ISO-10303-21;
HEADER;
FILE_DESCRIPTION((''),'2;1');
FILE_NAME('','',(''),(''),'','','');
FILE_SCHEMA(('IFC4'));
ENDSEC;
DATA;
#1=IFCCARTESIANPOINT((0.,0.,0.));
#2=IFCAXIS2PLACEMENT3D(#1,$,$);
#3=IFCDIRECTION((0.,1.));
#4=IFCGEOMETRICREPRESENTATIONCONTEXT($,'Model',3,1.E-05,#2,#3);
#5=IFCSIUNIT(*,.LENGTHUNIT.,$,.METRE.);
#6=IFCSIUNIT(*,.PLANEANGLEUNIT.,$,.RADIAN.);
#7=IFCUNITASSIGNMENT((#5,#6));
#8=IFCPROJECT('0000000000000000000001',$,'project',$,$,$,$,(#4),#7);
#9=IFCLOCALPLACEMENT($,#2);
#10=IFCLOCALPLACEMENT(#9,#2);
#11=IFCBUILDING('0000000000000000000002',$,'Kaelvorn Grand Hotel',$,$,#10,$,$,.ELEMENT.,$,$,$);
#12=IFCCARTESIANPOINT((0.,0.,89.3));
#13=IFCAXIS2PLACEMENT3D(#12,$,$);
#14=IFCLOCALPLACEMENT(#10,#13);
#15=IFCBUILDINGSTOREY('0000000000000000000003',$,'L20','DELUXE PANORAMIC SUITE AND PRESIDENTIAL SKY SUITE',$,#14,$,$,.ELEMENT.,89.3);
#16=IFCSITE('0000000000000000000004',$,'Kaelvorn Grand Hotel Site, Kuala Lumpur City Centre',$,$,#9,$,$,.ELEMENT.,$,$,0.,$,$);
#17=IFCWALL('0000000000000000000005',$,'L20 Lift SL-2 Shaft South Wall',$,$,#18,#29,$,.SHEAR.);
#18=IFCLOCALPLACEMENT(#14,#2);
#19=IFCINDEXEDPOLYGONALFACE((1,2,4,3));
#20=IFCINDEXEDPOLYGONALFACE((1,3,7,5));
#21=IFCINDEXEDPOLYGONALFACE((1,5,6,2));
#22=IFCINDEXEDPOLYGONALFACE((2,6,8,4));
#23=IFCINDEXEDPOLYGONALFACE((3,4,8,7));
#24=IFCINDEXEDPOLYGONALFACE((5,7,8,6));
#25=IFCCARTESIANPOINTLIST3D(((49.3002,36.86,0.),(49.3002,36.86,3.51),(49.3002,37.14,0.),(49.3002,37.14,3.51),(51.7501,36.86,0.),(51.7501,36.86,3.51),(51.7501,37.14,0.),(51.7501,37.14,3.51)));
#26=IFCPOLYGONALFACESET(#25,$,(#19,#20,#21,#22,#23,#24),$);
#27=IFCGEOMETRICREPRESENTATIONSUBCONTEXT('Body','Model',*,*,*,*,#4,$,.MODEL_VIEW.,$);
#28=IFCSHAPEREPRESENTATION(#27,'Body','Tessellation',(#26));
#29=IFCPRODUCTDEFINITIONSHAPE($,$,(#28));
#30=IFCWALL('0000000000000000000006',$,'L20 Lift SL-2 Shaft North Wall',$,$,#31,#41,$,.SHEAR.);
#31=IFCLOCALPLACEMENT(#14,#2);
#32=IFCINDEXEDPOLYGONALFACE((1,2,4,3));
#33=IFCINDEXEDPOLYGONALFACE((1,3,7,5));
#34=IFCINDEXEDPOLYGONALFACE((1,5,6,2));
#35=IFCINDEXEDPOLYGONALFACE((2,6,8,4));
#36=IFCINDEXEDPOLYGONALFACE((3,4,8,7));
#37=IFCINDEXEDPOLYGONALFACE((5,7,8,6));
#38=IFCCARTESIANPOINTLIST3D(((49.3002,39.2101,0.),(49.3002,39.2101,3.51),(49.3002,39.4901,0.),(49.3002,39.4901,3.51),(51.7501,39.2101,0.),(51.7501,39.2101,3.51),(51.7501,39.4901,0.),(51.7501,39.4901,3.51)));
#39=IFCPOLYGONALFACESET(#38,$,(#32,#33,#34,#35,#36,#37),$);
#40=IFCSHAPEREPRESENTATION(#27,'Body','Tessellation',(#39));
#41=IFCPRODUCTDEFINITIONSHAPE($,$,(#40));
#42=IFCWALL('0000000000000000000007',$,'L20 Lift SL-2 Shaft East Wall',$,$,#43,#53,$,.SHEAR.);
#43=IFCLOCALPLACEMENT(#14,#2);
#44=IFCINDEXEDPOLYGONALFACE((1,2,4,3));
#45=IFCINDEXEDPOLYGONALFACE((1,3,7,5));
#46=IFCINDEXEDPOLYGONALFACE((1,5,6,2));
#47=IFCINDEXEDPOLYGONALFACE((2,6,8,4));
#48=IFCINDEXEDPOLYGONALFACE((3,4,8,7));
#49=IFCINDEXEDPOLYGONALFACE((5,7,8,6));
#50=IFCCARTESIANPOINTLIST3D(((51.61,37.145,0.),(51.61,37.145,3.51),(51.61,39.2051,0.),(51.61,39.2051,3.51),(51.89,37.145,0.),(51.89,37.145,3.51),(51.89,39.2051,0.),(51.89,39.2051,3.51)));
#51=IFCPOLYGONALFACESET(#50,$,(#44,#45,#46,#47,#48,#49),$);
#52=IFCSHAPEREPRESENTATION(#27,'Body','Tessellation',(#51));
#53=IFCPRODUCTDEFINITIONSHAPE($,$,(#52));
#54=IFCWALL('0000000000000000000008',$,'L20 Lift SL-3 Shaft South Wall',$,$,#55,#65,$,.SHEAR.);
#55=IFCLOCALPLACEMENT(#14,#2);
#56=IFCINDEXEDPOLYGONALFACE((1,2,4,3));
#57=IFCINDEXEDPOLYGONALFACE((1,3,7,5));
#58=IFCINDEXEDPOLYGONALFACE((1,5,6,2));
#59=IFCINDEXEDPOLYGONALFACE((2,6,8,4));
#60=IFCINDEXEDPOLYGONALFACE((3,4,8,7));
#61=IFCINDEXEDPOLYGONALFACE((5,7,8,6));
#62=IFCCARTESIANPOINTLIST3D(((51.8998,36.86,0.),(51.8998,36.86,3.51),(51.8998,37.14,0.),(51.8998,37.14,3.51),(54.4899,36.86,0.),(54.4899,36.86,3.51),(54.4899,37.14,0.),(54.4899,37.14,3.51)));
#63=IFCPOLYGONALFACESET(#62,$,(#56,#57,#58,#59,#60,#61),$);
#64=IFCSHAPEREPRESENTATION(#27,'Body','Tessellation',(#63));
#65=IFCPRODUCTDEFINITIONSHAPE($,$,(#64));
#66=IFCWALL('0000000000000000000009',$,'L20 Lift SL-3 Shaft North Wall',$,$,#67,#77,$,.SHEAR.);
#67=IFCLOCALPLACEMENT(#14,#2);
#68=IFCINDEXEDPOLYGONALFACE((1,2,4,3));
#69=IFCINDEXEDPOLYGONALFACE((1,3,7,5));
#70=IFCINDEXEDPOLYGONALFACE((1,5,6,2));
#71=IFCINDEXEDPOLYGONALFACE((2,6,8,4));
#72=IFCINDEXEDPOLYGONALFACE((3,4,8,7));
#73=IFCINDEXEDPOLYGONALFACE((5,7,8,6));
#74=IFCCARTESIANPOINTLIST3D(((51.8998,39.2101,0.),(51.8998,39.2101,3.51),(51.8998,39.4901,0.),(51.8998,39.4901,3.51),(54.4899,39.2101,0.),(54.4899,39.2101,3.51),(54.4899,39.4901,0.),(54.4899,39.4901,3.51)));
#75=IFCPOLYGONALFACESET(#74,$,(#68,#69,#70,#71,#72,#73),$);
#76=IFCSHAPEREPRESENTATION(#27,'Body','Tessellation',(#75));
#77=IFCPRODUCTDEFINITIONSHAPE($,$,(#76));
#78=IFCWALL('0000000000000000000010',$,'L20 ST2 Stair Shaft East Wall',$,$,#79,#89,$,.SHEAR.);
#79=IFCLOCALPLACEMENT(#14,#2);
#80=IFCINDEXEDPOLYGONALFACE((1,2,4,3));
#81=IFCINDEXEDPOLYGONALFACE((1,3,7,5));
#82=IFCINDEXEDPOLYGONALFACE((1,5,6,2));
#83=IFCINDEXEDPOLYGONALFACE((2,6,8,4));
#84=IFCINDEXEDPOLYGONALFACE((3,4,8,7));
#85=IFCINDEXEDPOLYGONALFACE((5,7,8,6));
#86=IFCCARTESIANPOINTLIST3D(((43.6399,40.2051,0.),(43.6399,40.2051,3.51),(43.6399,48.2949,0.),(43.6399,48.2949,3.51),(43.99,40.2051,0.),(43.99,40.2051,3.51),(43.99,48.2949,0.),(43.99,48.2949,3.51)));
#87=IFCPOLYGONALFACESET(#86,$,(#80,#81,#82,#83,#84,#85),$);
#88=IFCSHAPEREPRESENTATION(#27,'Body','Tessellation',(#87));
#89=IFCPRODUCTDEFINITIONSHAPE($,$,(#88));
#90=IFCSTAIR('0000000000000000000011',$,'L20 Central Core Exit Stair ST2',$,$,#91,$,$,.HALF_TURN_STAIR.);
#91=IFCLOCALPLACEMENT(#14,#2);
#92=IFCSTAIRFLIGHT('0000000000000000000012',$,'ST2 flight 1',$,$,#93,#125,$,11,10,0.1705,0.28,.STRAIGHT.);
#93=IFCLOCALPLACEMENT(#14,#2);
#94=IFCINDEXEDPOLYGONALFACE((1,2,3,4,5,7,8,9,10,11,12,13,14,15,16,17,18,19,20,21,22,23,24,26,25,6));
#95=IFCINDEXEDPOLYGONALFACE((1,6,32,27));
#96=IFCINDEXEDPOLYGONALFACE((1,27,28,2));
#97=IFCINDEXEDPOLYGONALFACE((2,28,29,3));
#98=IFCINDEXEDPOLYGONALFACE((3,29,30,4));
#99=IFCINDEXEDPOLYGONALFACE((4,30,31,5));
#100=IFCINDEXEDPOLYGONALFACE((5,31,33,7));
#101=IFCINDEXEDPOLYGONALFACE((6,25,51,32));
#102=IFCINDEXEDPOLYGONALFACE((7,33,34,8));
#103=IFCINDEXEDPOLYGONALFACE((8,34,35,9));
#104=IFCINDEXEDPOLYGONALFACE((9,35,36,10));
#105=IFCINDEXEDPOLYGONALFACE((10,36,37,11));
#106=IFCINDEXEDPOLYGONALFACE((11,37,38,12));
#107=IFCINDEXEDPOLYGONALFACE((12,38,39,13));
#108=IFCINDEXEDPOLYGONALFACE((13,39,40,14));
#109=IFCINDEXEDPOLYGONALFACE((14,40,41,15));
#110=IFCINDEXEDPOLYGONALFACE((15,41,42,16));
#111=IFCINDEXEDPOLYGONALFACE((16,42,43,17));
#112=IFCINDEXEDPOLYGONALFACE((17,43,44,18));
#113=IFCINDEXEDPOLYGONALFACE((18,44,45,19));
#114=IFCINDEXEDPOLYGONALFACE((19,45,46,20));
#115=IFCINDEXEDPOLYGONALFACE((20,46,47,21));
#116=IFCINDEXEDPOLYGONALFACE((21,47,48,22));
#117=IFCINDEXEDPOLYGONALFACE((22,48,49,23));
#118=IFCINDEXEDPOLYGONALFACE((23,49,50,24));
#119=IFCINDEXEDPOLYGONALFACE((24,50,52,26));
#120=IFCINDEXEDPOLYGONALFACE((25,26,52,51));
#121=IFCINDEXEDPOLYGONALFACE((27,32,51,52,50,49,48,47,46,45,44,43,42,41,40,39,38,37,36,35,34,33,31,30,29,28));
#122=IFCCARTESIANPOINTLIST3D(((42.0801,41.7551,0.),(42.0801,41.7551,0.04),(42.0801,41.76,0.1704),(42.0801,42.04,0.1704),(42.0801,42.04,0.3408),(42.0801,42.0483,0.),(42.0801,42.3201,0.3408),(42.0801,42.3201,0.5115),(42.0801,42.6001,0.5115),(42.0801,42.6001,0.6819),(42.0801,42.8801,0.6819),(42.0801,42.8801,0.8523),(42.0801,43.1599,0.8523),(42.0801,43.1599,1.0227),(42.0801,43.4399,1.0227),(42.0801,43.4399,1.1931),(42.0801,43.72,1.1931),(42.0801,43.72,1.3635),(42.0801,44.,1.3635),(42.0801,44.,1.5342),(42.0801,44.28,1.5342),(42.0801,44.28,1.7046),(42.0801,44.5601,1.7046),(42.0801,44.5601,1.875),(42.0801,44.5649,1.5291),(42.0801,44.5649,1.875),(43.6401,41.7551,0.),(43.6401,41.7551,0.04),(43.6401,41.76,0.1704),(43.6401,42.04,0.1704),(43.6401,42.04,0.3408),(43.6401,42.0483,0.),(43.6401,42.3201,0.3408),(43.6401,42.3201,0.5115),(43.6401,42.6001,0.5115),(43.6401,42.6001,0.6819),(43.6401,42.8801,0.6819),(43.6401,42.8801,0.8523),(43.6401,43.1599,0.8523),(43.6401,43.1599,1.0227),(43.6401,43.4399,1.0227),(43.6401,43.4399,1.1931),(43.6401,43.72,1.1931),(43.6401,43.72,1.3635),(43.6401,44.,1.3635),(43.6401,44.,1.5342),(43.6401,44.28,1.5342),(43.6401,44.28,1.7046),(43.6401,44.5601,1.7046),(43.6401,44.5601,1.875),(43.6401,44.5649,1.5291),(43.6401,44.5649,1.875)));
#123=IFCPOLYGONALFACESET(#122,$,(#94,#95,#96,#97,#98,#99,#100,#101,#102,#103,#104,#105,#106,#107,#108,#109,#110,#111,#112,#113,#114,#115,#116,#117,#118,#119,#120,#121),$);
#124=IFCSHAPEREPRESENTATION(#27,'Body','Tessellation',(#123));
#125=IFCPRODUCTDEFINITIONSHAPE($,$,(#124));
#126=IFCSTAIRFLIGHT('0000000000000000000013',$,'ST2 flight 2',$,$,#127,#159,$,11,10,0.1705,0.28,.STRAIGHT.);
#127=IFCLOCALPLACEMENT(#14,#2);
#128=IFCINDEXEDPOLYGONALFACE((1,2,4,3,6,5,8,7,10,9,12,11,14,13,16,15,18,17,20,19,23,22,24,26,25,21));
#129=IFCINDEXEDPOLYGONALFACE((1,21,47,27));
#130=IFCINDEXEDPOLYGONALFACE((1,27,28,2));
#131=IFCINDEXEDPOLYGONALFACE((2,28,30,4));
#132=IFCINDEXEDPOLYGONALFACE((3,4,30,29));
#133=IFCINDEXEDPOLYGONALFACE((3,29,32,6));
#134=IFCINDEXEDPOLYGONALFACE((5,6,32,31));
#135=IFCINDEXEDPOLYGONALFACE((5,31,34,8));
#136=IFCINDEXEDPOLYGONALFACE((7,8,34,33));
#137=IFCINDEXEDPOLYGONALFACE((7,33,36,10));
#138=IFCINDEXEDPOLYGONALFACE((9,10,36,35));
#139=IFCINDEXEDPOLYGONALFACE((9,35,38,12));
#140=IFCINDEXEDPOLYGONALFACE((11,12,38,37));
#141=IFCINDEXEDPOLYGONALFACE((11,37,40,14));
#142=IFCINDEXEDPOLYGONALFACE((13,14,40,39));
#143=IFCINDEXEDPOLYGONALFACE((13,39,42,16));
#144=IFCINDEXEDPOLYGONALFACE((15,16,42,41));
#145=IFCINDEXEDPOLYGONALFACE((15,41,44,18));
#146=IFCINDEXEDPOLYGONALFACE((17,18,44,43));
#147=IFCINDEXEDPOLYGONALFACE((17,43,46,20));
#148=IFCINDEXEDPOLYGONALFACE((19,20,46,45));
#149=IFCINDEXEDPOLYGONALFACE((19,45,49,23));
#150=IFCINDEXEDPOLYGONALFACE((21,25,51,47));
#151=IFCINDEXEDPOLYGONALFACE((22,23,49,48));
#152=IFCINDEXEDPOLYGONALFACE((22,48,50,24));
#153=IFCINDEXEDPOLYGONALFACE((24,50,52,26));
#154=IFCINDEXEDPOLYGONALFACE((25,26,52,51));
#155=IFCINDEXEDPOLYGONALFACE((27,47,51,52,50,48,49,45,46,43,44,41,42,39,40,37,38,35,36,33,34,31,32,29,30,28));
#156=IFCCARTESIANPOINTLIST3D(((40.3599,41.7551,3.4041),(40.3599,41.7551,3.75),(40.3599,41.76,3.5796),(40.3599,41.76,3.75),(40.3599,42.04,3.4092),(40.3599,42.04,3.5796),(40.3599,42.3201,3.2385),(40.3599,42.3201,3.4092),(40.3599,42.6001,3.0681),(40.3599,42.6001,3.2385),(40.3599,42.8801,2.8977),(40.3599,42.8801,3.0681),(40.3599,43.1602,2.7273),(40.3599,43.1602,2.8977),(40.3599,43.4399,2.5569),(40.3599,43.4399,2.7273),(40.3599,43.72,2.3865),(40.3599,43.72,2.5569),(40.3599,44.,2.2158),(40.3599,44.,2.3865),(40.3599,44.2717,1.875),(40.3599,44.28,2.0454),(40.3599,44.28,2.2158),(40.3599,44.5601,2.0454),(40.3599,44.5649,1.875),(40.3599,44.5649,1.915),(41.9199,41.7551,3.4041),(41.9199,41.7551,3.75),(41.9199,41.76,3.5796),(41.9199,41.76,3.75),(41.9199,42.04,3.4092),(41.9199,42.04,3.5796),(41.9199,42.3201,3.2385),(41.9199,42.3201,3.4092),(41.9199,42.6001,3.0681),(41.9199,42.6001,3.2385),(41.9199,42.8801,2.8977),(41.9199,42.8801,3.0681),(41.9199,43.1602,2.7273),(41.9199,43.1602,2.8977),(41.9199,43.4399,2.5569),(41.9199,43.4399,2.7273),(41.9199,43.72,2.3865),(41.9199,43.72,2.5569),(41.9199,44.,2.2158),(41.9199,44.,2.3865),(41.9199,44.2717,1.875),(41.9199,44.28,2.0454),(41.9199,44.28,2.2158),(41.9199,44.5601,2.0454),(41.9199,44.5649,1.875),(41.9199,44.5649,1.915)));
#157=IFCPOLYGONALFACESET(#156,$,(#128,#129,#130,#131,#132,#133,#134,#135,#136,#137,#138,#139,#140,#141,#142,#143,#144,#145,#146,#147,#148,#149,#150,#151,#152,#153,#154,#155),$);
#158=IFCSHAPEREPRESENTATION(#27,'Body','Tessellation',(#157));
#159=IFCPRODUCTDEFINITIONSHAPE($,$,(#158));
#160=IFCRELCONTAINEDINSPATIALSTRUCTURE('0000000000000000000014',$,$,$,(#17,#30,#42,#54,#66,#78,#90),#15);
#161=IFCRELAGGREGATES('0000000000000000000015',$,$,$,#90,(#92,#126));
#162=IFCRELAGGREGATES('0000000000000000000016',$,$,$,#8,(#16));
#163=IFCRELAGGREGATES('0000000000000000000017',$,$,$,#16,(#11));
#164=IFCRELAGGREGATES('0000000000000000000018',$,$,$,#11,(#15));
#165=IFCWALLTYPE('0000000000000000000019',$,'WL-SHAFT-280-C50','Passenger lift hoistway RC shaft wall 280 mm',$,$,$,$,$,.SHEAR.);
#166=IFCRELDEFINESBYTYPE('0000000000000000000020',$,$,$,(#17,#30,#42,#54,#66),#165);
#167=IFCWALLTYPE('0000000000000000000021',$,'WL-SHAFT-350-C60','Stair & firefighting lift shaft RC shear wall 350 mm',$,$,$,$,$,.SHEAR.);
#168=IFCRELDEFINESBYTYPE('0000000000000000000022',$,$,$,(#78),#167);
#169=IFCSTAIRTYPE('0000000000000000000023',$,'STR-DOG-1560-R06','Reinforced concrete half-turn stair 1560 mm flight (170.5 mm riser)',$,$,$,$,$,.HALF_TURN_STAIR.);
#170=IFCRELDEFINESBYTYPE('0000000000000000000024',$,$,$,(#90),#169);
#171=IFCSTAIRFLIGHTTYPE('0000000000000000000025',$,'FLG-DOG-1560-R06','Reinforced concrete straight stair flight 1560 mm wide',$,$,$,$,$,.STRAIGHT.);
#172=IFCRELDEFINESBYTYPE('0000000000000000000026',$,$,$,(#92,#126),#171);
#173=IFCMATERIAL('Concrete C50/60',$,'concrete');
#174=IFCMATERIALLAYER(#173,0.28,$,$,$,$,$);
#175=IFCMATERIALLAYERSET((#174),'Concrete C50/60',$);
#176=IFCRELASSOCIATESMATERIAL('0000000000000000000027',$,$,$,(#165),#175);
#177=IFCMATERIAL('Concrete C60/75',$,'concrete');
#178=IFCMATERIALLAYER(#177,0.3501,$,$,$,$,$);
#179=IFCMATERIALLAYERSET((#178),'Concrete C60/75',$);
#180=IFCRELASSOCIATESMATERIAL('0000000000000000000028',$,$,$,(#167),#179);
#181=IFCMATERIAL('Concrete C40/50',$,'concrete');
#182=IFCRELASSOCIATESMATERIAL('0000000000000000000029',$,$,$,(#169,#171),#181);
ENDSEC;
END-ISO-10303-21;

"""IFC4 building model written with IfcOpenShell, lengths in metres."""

from ifc_helpers import new_model, si_unit, direction, frame, frame_2d, origin, place, context, subcontext, project, spatial, polyline, rectangle, outline, extrude, material, layer, layer_set, type_object, element, aggregate, save


model = new_model("IFC4")

# Units and contexts
model_context = context("Model", 3, precision=1e-05, world=origin(), true_north=direction((0.0, 1.0)))
body_context = subcontext(model_context, "Body", "Model", "MODEL_VIEW")
ifc_project = project(units=[si_unit("LENGTHUNIT", "METRE"), si_unit("PLANEANGLEUNIT", "RADIAN")], contexts=[model_context])

# Site, building, storey
site_placement = place(None, origin())
site = spatial("IfcSite", under=ifc_project, at=site_placement, Name="Kaelvorn Grand Hotel Site, Kuala Lumpur City Centre", CompositionType="ELEMENT", RefElevation=0.0)
building_placement = place(site_placement, origin())
building = spatial("IfcBuilding", under=site, at=building_placement, Name="Kaelvorn Grand Hotel", CompositionType="ELEMENT")
storey_placement = place(building_placement, frame((0.0, 0.0, 89.3)))
storey = spatial("IfcBuildingStorey", under=building, at=storey_placement, Name="L20", Description="DELUXE PANORAMIC SUITE AND PRESIDENTIAL SKY SUITE", CompositionType="ELEMENT", Elevation=89.3)

# Shared definitions
ifc_material_1 = material(Name="Concrete C60/75", Category="concrete")

# Walls
ifc_material_2 = material(Name="Concrete C40/50", Category="concrete")
ifc_material_3 = material(Name="Concrete C50/60", Category="concrete")
ifc_layer_1 = layer(ifc_material_3, 0.28)
ifc_layer_set_1 = layer_set([ifc_layer_1], Name="Concrete C50/60")
wall_type_1 = type_object("IfcWallType", Name="WL-SHAFT-280-C50", Description="Passenger lift hoistway RC shaft wall 280 mm", PredefinedType="SHEAR", material=ifc_layer_set_1)
for number, where, z_axis, x_axis, name in (
    (1, (49.3, 37.0, 0.0), (0.0, 0.0, 1.0), (1.0, 0.0, 0.0), "L20 Lift SL-2 Shaft South Wall"),
    (2, (49.3, 39.3501, 0.0), (0.0, 0.0, 1.0), (1.0, 0.0, 0.0), "L20 Lift SL-2 Shaft North Wall"),
):
    element("IfcWall", number, at=place(storey_placement, frame(where, z_axis=z_axis, x_axis=x_axis)), inside=storey, type_object=wall_type_1, Name=name, PredefinedType="SHEAR", context=body_context, shape_type="SweptSolid", body=[
        extrude(rectangle(XDim=2.45, YDim=0.28, at=frame_2d((1.2251, 0.0))), origin(), (0.0, 0.0, 1.0), 3.51),
    ])
wall_1_placement = place(storey_placement, frame((51.75, 37.145, 0.0), z_axis=(0.0, 0.0, 1.0), x_axis=(0.0, 1.0, 0.0)))
element("IfcWall", 3, at=wall_1_placement, inside=storey, type_object=wall_type_1, Name="L20 Lift SL-2 Shaft East Wall", PredefinedType="SHEAR", context=body_context, shape_type="SweptSolid", body=[
    extrude(rectangle(XDim=2.0601, YDim=0.28, at=frame_2d((1.03, 0.0))), origin(), (0.0, 0.0, 1.0), 3.51),
])
for number, where, z_axis, x_axis, name in (
    (4, (51.8999, 37.0, 0.0), (0.0, 0.0, 1.0), (1.0, 0.0, 0.0), "L20 Lift SL-3 Shaft South Wall"),
    (5, (51.8999, 39.3501, 0.0), (0.0, 0.0, 1.0), (1.0, 0.0, 0.0), "L20 Lift SL-3 Shaft North Wall"),
):
    element("IfcWall", number, at=place(storey_placement, frame(where, z_axis=z_axis, x_axis=x_axis)), inside=storey, type_object=wall_type_1, Name=name, PredefinedType="SHEAR", context=body_context, shape_type="SweptSolid", body=[
        extrude(rectangle(XDim=2.5901, YDim=0.28, at=frame_2d((1.2949, 0.0))), origin(), (0.0, 0.0, 1.0), 3.51),
    ])
ifc_layer_2 = layer(ifc_material_1, 0.3501)
ifc_layer_set_2 = layer_set([ifc_layer_2], Name="Concrete C60/75")
wall_type_2 = type_object("IfcWallType", Name="WL-SHAFT-350-C60", Description="Stair & firefighting lift shaft RC shear wall 350 mm", PredefinedType="SHEAR", material=ifc_layer_set_2)
wall_2_placement = place(storey_placement, frame((43.8149, 40.2051, 0.0), z_axis=(0.0, 0.0, 1.0), x_axis=(0.0, 1.0, 0.0)))
element("IfcWall", 6, at=wall_2_placement, inside=storey, type_object=wall_type_2, Name="L20 ST2 Stair Shaft East Wall", PredefinedType="SHEAR", context=body_context, shape_type="SweptSolid", body=[
    extrude(rectangle(XDim=8.0898, YDim=0.3501, at=frame_2d((4.0449, 0.0))), origin(), (0.0, 0.0, 1.0), 3.51),
])

# Stair, stair flights
stair_type = type_object("IfcStairType", Name="STR-DOG-1560-R06", Description="Reinforced concrete half-turn stair 1560 mm flight (170.5 mm riser)", PredefinedType="HALF_TURN_STAIR", material=ifc_material_2)
stair_placement = place(storey_placement, origin())
stair = element("IfcStair", 7, at=stair_placement, inside=storey, type_object=stair_type, Name="L20 Central Core Exit Stair ST2", PredefinedType="HALF_TURN_STAIR")
stair_flight_type = type_object("IfcStairFlightType", Name="FLG-DOG-1560-R06", Description="Reinforced concrete straight stair flight 1560 mm wide", PredefinedType="STRAIGHT", material=ifc_material_2)
stair_flight_1_placement = place(storey_placement, frame((42.8601, 41.76, 0.0), z_axis=(0.0, 0.0, 1.0), x_axis=(0.0, 1.0, 0.0)))
stair_flight_1 = element("IfcStairFlight", 8, at=stair_flight_1_placement, type_object=stair_flight_type, Name="ST2 flight 1", NumberOfRisers=11, NumberOfTreads=10, PredefinedType="STRAIGHT", RiserHeight=0.1705, TreadLength=0.28, context=body_context, shape_type="SweptSolid", body=[
    extrude(outline(polyline([(-0.0049, 0.0), (-0.0049, 0.04), (0.0, 0.1704), (0.28, 0.1704), (0.28, 0.3408), (0.5601, 0.3408), (0.5601, 0.5115), (0.8401, 0.5115), (0.8401, 0.6819), (1.1201, 0.6819), (1.1201, 0.8523), (1.3999, 0.8523), (1.3999, 1.0227), (1.6799, 1.0227), (1.6799, 1.1931), (1.96, 1.1931), (1.96, 1.3635), (2.24, 1.3635), (2.24, 1.5342), (2.52, 1.5342), (2.52, 1.7046), (2.8, 1.7046), (2.8, 1.875), (2.8049, 1.875), (2.8049, 1.5291), (0.2883, 0.0), (-0.0049, 0.0)])), frame((0.0, 0.78, 0.0), z_axis=(0.0, -1.0, 0.0), x_axis=(1.0, 0.0, 0.0)), (0.0, 0.0, 1.0), 1.5601),
])
stair_flight_2_placement = place(storey_placement, frame((41.1399, 44.5601, 1.875), z_axis=(0.0, 0.0, 1.0), x_axis=(0.0, -1.0, 0.0)))
stair_flight_2 = element("IfcStairFlight", 9, at=stair_flight_2_placement, type_object=stair_flight_type, Name="ST2 flight 2", NumberOfRisers=11, NumberOfTreads=10, PredefinedType="STRAIGHT", RiserHeight=0.1705, TreadLength=0.28, context=body_context, shape_type="SweptSolid", body=[
    extrude(outline(polyline([(-0.0049, 0.0), (-0.0049, 0.04), (0.0, 0.1704), (0.28, 0.1704), (0.28, 0.3408), (0.5601, 0.3408), (0.5601, 0.5115), (0.8401, 0.5115), (0.8401, 0.6819), (1.1201, 0.6819), (1.1201, 0.8523), (1.3999, 0.8523), (1.3999, 1.0227), (1.6799, 1.0227), (1.6799, 1.1931), (1.96, 1.1931), (1.96, 1.3635), (2.24, 1.3635), (2.24, 1.5342), (2.52, 1.5342), (2.52, 1.7046), (2.8, 1.7046), (2.8, 1.875), (2.8049, 1.875), (2.8049, 1.5291), (0.2883, 0.0), (-0.0049, 0.0)])), frame((0.0, 0.78, 0.0), z_axis=(0.0, -1.0, 0.0), x_axis=(1.0, 0.0, 0.0)), (0.0, 0.0, 1.0), 1.5601),
])
aggregate(stair, [stair_flight_1, stair_flight_2])

save(model, "model.ifc")
